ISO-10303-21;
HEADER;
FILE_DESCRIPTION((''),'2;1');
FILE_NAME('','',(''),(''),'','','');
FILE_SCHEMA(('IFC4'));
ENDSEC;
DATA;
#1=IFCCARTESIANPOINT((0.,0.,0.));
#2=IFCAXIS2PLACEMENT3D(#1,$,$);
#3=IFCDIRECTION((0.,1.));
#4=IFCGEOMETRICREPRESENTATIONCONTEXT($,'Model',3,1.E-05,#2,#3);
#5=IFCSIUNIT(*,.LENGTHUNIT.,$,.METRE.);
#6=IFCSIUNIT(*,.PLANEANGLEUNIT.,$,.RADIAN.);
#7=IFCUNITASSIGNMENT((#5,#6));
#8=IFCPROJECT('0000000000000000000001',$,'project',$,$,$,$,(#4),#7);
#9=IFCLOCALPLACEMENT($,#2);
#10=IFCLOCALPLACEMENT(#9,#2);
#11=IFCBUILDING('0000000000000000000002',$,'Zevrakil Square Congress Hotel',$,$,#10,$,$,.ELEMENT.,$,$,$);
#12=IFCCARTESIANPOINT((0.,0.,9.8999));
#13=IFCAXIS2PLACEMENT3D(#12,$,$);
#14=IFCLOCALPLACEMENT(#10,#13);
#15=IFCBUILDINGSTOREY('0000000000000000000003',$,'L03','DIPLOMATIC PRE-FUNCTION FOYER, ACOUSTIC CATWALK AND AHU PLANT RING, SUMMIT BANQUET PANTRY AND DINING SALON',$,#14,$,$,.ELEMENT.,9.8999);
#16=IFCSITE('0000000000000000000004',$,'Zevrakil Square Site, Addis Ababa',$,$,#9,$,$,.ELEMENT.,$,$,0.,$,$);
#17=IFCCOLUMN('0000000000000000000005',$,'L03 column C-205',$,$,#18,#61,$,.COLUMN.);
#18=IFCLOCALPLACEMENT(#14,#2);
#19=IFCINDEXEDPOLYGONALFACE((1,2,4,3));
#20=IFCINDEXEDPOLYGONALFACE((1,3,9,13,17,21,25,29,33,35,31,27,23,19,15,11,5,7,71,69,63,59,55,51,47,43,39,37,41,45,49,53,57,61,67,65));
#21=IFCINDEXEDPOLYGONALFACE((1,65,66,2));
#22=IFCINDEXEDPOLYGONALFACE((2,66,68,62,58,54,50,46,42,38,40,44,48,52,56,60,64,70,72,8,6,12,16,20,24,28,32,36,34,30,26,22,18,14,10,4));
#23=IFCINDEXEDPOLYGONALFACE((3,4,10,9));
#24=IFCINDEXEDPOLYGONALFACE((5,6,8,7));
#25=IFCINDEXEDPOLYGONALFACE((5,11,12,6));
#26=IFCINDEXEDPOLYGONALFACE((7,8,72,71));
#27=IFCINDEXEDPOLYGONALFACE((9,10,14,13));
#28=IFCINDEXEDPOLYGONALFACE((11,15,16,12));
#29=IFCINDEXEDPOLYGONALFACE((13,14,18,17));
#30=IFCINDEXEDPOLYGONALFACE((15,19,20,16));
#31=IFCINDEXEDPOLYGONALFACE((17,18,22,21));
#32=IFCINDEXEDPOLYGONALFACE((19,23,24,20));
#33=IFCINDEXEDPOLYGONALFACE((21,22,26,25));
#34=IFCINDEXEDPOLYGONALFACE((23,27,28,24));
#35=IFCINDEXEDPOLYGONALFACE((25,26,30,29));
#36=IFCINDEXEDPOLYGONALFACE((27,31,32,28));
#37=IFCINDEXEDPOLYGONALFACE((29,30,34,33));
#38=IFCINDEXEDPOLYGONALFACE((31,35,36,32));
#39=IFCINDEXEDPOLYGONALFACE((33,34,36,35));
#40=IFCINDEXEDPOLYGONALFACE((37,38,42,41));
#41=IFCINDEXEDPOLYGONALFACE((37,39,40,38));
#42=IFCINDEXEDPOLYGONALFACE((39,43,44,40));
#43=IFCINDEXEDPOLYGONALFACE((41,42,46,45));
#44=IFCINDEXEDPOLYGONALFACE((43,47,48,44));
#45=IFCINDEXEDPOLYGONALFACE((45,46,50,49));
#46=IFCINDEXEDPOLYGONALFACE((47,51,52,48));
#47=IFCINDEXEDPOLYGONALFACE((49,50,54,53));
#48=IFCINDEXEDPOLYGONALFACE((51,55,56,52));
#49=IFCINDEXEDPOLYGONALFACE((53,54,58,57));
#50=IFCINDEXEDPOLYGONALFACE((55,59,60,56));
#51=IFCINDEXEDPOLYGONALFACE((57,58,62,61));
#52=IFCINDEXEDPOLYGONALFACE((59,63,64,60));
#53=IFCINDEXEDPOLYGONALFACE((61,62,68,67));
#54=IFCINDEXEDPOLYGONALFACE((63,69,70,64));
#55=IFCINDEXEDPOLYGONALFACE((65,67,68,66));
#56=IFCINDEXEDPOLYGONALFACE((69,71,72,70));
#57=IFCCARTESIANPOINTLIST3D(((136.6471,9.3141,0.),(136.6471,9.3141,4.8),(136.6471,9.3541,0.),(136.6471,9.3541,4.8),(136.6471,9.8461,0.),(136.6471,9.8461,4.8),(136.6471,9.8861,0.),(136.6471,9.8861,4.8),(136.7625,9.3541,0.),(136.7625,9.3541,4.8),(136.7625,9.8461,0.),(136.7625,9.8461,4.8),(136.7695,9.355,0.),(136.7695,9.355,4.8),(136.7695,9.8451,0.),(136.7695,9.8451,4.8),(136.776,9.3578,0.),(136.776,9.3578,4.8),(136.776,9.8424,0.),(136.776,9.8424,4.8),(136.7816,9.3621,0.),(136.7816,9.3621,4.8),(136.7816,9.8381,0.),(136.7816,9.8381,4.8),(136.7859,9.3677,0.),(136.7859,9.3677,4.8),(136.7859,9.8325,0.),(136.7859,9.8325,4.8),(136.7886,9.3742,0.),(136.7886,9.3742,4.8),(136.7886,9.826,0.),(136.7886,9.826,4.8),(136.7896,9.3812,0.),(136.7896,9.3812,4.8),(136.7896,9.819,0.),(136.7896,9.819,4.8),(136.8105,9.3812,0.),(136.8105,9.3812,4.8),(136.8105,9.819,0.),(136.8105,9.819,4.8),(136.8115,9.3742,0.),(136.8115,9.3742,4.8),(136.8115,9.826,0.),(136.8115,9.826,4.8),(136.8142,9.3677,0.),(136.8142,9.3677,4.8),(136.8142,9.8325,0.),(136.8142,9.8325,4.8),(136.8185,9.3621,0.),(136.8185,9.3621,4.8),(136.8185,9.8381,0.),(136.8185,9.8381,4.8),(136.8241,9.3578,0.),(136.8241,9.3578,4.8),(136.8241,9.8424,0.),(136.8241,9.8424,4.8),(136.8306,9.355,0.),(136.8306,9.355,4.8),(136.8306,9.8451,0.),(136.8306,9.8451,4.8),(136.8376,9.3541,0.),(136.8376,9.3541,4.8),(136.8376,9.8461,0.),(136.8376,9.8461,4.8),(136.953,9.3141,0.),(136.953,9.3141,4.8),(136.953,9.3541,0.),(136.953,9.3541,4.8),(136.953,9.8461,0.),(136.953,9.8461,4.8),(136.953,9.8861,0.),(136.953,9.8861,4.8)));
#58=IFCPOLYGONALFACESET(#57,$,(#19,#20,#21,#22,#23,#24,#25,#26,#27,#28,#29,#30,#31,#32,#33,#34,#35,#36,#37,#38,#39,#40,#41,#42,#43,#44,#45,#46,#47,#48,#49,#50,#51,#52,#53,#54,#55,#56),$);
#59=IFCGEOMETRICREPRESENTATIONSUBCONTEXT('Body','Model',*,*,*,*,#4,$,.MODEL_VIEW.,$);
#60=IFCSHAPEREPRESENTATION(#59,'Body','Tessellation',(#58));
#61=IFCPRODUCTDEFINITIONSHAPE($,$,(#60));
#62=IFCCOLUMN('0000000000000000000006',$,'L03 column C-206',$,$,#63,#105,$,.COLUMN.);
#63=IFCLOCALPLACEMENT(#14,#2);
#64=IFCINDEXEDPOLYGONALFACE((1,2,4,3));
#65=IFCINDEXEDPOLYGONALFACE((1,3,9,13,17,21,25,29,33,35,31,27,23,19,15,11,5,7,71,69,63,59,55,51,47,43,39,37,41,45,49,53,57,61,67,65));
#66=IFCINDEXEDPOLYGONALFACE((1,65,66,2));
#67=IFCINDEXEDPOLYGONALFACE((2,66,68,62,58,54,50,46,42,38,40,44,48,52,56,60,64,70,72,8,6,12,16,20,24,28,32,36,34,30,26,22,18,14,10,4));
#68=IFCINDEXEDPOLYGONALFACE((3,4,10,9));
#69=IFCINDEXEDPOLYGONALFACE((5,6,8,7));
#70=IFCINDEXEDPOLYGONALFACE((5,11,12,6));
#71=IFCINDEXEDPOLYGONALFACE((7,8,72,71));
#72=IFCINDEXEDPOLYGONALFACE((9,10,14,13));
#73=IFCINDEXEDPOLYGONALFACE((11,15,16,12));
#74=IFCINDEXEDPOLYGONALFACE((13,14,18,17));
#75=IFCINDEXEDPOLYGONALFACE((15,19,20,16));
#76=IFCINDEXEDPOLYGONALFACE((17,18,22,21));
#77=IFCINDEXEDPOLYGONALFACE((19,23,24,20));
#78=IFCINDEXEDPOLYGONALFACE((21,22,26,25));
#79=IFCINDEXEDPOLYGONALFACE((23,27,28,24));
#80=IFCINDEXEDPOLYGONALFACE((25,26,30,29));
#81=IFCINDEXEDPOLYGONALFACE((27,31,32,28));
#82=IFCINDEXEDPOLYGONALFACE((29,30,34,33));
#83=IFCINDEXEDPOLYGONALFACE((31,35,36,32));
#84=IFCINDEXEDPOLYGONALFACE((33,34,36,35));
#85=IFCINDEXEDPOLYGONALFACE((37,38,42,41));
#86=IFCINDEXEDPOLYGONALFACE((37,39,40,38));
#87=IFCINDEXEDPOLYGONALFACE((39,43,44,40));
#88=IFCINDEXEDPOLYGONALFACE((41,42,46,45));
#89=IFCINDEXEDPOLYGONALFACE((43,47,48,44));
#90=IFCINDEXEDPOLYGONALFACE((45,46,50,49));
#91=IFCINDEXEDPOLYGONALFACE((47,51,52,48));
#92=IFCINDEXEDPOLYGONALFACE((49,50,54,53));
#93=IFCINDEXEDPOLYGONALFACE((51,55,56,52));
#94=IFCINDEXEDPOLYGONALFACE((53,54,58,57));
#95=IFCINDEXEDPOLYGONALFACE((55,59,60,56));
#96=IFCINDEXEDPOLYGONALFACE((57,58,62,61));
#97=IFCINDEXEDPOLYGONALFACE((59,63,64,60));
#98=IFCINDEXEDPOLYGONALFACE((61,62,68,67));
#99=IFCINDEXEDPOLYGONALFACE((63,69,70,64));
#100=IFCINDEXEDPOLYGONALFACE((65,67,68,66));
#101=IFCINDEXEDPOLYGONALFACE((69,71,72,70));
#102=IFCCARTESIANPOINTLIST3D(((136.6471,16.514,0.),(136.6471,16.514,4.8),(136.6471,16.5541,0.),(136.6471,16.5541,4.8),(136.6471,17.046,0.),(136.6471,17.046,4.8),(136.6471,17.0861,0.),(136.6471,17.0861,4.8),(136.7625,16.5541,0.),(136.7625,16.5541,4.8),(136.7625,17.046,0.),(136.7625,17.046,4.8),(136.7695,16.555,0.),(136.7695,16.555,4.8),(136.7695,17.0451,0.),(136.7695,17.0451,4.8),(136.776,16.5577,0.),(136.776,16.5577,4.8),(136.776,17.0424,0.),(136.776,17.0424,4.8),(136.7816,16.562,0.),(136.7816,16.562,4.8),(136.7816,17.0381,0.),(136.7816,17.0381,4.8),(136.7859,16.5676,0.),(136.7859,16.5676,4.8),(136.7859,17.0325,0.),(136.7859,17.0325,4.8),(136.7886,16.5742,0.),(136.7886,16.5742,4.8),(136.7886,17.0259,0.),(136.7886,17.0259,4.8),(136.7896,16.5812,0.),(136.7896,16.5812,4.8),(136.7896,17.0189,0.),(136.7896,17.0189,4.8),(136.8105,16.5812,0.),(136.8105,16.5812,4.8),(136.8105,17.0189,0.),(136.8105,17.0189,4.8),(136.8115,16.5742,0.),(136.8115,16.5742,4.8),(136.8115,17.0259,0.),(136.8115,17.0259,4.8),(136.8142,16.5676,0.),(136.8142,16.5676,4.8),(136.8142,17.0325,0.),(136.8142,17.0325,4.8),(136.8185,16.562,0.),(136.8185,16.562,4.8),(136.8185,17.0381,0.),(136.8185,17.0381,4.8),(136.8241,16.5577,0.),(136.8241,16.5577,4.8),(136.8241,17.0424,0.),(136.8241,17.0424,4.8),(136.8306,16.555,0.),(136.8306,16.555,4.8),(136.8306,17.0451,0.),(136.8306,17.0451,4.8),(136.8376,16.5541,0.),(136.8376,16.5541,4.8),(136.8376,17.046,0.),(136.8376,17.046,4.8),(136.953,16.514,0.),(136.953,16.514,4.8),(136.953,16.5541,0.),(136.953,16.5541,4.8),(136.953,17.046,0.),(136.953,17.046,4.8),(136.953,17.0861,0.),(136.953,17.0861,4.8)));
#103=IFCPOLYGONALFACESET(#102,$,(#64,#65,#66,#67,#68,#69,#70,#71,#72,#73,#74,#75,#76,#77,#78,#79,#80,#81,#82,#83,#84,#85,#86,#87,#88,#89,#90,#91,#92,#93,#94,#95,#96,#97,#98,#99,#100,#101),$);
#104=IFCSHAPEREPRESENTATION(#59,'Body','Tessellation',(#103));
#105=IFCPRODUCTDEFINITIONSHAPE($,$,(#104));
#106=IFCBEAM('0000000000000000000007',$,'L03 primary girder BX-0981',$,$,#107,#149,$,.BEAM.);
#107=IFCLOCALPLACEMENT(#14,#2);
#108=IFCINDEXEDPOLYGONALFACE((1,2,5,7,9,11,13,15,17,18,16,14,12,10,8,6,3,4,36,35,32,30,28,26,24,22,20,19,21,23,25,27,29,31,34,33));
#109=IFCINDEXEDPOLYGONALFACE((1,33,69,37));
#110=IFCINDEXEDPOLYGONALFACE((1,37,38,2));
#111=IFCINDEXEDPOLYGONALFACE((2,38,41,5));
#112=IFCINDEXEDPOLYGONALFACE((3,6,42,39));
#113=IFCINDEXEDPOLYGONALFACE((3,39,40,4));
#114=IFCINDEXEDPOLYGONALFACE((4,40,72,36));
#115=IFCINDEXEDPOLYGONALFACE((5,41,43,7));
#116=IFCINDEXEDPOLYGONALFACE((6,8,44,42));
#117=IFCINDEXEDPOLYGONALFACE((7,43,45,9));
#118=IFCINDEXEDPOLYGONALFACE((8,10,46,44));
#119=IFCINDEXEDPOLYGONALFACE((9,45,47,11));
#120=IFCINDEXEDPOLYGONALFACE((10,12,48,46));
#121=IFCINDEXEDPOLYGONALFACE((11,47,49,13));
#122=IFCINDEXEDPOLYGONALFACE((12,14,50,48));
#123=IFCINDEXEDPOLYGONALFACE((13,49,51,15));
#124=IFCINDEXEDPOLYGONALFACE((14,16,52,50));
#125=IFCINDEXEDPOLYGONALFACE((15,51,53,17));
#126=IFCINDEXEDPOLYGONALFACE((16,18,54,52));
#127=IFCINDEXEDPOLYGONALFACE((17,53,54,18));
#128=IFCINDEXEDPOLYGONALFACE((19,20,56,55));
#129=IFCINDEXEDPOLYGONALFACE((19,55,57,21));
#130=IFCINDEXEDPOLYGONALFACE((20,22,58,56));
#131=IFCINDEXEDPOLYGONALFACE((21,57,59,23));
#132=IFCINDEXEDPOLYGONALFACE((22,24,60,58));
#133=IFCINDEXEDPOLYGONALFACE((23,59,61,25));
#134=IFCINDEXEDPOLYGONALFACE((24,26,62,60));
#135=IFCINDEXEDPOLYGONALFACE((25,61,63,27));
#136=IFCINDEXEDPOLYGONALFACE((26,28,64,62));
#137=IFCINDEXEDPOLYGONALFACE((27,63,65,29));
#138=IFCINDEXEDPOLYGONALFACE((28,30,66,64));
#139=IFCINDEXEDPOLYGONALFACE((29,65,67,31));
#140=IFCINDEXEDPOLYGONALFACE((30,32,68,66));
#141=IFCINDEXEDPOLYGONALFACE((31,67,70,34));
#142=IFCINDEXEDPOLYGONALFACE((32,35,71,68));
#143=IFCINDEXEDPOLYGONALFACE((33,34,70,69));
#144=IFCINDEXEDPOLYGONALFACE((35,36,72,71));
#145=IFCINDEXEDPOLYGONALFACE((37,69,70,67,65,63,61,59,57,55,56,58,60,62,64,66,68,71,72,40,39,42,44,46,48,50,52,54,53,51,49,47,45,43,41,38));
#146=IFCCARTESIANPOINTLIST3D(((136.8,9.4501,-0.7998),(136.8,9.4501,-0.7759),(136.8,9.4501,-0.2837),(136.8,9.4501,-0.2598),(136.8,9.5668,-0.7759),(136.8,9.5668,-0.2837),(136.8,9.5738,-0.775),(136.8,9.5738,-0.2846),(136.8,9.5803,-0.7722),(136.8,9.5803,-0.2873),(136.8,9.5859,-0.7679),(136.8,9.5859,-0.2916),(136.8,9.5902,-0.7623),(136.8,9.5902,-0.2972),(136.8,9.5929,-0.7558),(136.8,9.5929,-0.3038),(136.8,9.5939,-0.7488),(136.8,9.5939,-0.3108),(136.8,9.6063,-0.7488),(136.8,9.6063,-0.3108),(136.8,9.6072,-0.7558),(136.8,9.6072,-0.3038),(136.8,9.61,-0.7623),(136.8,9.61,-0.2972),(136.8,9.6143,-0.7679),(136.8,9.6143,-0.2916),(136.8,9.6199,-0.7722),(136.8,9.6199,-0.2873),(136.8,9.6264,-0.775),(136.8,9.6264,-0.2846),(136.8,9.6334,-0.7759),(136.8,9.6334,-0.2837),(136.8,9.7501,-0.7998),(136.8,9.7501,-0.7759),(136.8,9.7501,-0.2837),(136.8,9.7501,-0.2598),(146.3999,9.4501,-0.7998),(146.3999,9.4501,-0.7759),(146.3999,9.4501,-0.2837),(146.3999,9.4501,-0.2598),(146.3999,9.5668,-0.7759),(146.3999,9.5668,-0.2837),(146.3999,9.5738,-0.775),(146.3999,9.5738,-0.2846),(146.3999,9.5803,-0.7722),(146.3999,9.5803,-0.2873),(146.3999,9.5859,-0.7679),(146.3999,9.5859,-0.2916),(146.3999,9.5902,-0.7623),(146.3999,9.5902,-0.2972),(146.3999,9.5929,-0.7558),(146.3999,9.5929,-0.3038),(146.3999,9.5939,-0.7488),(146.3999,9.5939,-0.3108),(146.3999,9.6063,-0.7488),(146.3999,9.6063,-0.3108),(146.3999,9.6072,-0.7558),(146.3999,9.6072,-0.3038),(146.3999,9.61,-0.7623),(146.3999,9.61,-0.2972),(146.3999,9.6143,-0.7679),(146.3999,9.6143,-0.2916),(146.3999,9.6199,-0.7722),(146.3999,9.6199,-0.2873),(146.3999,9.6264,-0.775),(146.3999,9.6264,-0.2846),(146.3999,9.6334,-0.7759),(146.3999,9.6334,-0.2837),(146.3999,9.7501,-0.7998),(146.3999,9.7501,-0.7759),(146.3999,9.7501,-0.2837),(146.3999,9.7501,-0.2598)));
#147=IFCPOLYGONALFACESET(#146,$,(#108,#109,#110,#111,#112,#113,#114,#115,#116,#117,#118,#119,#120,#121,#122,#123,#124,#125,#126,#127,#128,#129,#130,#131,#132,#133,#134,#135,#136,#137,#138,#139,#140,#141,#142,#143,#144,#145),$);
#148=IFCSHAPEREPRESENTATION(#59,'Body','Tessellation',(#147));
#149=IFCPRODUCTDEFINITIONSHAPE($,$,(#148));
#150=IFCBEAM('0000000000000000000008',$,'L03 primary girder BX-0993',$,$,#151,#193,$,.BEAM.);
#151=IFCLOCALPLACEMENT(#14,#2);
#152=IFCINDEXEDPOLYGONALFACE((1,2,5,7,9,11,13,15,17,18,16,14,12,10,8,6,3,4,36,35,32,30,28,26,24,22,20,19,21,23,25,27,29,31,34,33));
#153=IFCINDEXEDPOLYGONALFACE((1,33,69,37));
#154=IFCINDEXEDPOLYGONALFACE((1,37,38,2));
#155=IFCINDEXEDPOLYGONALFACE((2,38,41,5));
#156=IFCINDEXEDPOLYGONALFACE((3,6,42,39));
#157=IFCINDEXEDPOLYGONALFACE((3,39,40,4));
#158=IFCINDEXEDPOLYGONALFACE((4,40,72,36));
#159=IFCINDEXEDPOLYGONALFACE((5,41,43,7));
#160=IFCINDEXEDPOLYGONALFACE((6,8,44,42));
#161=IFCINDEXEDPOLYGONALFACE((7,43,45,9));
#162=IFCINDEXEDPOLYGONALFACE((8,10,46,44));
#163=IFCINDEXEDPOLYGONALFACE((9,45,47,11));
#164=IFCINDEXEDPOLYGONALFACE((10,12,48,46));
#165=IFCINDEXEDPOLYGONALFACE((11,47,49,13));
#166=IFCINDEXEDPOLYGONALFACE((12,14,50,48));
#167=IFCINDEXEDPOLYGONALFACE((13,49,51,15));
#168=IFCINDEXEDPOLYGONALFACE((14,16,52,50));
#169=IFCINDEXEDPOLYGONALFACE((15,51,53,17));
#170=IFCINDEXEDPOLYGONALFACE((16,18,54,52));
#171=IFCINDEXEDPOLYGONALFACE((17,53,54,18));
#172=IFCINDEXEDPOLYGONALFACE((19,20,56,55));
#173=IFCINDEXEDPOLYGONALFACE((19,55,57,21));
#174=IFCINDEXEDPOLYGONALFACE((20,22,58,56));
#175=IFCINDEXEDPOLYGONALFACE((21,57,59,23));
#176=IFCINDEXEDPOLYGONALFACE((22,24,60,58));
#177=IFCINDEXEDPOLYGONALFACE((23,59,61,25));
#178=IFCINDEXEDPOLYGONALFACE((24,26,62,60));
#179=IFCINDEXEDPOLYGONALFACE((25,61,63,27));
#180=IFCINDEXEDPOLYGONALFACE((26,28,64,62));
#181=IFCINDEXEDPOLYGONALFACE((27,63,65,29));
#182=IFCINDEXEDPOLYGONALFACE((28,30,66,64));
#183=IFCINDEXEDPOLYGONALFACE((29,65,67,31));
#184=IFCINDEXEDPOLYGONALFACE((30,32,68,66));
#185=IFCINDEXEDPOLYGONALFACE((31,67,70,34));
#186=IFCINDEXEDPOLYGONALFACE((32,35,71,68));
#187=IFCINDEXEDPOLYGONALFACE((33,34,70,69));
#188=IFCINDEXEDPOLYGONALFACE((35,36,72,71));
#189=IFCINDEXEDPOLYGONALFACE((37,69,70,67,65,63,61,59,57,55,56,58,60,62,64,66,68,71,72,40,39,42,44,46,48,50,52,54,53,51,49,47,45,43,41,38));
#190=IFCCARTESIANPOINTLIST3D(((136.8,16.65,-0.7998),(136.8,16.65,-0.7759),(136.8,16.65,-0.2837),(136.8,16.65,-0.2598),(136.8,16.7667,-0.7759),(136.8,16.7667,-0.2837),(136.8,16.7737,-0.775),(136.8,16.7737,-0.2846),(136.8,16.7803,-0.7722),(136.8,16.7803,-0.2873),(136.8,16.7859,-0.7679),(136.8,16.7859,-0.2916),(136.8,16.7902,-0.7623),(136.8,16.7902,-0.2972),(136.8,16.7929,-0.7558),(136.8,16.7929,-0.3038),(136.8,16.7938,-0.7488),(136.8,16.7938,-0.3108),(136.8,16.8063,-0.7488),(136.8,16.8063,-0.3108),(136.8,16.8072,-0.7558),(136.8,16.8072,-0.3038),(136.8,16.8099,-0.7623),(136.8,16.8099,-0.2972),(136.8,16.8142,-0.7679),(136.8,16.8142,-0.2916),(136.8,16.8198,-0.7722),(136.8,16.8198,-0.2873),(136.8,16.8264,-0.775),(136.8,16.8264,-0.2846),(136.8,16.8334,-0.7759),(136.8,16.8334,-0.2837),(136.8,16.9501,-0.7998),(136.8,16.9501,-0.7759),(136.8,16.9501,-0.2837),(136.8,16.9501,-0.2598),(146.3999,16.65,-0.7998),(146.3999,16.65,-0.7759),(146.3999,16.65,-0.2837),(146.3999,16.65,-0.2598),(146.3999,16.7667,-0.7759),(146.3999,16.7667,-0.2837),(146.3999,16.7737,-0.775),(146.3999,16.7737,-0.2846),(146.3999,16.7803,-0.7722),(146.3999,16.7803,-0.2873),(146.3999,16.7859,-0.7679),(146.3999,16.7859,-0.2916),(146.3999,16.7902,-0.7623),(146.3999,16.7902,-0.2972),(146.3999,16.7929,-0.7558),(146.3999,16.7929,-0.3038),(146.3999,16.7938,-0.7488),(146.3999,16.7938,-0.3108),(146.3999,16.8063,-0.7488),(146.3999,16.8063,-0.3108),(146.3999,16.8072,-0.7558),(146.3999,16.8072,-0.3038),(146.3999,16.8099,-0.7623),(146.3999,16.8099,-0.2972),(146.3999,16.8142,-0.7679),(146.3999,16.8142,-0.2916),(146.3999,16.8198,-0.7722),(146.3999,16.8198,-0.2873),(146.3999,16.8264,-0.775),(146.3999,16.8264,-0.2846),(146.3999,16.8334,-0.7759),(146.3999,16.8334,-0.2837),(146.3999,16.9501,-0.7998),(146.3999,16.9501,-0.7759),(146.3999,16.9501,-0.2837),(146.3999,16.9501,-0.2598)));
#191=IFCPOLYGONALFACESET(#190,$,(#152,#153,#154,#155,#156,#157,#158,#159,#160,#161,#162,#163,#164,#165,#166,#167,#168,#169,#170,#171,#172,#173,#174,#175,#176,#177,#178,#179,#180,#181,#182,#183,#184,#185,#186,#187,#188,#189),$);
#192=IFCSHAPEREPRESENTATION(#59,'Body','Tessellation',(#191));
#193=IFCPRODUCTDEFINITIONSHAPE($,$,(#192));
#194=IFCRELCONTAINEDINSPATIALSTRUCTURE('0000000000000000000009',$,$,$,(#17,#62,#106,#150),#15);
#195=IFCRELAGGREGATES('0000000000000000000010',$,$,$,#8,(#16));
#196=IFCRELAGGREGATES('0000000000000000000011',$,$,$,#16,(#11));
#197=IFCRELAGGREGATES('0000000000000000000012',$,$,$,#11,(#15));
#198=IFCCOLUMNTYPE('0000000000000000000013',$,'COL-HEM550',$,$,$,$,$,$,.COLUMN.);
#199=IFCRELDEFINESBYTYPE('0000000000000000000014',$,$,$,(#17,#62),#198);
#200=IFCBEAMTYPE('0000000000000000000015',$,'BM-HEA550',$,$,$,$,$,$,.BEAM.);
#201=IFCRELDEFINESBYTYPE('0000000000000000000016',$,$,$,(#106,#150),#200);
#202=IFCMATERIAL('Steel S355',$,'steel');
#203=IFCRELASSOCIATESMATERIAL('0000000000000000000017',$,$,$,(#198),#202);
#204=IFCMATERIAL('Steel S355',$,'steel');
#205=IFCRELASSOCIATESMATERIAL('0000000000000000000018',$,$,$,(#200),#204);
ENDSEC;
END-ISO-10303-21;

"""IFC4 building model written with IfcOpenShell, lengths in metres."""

from ifc_helpers import new_model, si_unit, direction, frame, origin, origin_2d, place, context, subcontext, project, spatial, i_section, extrude, material, material_profile, profile_set, type_object, element, save


model = new_model("IFC4")

# Units and contexts
model_context = context("Model", 3, precision=1e-05, world=origin(), true_north=direction((0.0, 1.0)))
body_context = subcontext(model_context, "Body", "Model", "MODEL_VIEW")
ifc_project = project(units=[si_unit("LENGTHUNIT", "METRE"), si_unit("PLANEANGLEUNIT", "RADIAN")], contexts=[model_context])

# Site, building, storey
site_placement = place(None, origin())
site = spatial("IfcSite", under=ifc_project, at=site_placement, Name="Zevrakil Square Site, Addis Ababa", CompositionType="ELEMENT", RefElevation=0.0)
building_placement = place(site_placement, origin())
building = spatial("IfcBuilding", under=site, at=building_placement, Name="Zevrakil Square Congress Hotel", CompositionType="ELEMENT")
storey_placement = place(building_placement, frame((0.0, 0.0, 9.8999)))
storey = spatial("IfcBuildingStorey", under=building, at=storey_placement, Name="L03", Description="DIPLOMATIC PRE-FUNCTION FOYER, ACOUSTIC CATWALK AND AHU PLANT RING, SUMMIT BANQUET PANTRY AND DINING SALON", CompositionType="ELEMENT", Elevation=9.8999)

# Columns
ifc_material_1 = material(Name="Steel S355", Category="steel")
ifc_material_profile_1 = material_profile(ifc_material_1, i_section(OverallWidth=0.3059, OverallDepth=0.572, WebThickness=0.021, FlangeThickness=0.04, FilletRadius=0.0271, at=origin_2d()), Name="HEM 550")
ifc_profile_set_1 = profile_set([ifc_material_profile_1], Name="Steel S355")
column_type = type_object("IfcColumnType", Name="COL-HEM550", PredefinedType="COLUMN", material=ifc_profile_set_1)
for number, where, z_axis, x_axis, name in (
    (1, (136.8, 9.6001, 0.0), (0.0, 0.0, 1.0), (1.0, 0.0, 0.0), "L03 column C-205"),
    (2, (136.8, 16.8, 0.0), (0.0, 0.0, 1.0), (1.0, 0.0, 0.0), "L03 column C-206"),
):
    element("IfcColumn", number, at=place(storey_placement, frame(where, z_axis=z_axis, x_axis=x_axis)), inside=storey, type_object=column_type, Name=name, PredefinedType="COLUMN", context=body_context, shape_type="SweptSolid", body=[
        extrude(i_section(OverallWidth=0.3059, OverallDepth=0.572, WebThickness=0.021, FlangeThickness=0.04, FilletRadius=0.0271, at=origin_2d()), origin(), (0.0, 0.0, 1.0), 4.8),
    ])

# Beams
ifc_material_2 = material(Name="Steel S355", Category="steel")
ifc_material_profile_2 = material_profile(ifc_material_2, i_section(OverallWidth=0.3, OverallDepth=0.54, WebThickness=0.0125, FlangeThickness=0.0239, FilletRadius=0.0271, at=origin_2d()), Name="HEA 550")
ifc_profile_set_2 = profile_set([ifc_material_profile_2], Name="Steel S355")
beam_type_1 = type_object("IfcBeamType", Name="BM-HEA550", PredefinedType="BEAM", material=ifc_profile_set_2)
for number, where, z_axis, x_axis, name in (
    (3, (136.8, 9.6001, -0.5298), (1.0, 0.0, 0.0), (0.0, 1.0, 0.0), "L03 primary girder BX-0981"),
    (4, (136.8, 16.8, -0.5298), (1.0, 0.0, 0.0), (0.0, 1.0, 0.0), "L03 primary girder BX-0993"),
):
    element("IfcBeam", number, at=place(storey_placement, frame(where, z_axis=z_axis, x_axis=x_axis)), inside=storey, type_object=beam_type_1, Name=name, PredefinedType="BEAM", context=body_context, shape_type="SweptSolid", body=[
        extrude(i_section(OverallWidth=0.3, OverallDepth=0.54, WebThickness=0.0125, FlangeThickness=0.0239, FilletRadius=0.0271, at=origin_2d()), origin(), (0.0, 0.0, 1.0), 9.5999),
    ])

save(model, "model.ifc")
